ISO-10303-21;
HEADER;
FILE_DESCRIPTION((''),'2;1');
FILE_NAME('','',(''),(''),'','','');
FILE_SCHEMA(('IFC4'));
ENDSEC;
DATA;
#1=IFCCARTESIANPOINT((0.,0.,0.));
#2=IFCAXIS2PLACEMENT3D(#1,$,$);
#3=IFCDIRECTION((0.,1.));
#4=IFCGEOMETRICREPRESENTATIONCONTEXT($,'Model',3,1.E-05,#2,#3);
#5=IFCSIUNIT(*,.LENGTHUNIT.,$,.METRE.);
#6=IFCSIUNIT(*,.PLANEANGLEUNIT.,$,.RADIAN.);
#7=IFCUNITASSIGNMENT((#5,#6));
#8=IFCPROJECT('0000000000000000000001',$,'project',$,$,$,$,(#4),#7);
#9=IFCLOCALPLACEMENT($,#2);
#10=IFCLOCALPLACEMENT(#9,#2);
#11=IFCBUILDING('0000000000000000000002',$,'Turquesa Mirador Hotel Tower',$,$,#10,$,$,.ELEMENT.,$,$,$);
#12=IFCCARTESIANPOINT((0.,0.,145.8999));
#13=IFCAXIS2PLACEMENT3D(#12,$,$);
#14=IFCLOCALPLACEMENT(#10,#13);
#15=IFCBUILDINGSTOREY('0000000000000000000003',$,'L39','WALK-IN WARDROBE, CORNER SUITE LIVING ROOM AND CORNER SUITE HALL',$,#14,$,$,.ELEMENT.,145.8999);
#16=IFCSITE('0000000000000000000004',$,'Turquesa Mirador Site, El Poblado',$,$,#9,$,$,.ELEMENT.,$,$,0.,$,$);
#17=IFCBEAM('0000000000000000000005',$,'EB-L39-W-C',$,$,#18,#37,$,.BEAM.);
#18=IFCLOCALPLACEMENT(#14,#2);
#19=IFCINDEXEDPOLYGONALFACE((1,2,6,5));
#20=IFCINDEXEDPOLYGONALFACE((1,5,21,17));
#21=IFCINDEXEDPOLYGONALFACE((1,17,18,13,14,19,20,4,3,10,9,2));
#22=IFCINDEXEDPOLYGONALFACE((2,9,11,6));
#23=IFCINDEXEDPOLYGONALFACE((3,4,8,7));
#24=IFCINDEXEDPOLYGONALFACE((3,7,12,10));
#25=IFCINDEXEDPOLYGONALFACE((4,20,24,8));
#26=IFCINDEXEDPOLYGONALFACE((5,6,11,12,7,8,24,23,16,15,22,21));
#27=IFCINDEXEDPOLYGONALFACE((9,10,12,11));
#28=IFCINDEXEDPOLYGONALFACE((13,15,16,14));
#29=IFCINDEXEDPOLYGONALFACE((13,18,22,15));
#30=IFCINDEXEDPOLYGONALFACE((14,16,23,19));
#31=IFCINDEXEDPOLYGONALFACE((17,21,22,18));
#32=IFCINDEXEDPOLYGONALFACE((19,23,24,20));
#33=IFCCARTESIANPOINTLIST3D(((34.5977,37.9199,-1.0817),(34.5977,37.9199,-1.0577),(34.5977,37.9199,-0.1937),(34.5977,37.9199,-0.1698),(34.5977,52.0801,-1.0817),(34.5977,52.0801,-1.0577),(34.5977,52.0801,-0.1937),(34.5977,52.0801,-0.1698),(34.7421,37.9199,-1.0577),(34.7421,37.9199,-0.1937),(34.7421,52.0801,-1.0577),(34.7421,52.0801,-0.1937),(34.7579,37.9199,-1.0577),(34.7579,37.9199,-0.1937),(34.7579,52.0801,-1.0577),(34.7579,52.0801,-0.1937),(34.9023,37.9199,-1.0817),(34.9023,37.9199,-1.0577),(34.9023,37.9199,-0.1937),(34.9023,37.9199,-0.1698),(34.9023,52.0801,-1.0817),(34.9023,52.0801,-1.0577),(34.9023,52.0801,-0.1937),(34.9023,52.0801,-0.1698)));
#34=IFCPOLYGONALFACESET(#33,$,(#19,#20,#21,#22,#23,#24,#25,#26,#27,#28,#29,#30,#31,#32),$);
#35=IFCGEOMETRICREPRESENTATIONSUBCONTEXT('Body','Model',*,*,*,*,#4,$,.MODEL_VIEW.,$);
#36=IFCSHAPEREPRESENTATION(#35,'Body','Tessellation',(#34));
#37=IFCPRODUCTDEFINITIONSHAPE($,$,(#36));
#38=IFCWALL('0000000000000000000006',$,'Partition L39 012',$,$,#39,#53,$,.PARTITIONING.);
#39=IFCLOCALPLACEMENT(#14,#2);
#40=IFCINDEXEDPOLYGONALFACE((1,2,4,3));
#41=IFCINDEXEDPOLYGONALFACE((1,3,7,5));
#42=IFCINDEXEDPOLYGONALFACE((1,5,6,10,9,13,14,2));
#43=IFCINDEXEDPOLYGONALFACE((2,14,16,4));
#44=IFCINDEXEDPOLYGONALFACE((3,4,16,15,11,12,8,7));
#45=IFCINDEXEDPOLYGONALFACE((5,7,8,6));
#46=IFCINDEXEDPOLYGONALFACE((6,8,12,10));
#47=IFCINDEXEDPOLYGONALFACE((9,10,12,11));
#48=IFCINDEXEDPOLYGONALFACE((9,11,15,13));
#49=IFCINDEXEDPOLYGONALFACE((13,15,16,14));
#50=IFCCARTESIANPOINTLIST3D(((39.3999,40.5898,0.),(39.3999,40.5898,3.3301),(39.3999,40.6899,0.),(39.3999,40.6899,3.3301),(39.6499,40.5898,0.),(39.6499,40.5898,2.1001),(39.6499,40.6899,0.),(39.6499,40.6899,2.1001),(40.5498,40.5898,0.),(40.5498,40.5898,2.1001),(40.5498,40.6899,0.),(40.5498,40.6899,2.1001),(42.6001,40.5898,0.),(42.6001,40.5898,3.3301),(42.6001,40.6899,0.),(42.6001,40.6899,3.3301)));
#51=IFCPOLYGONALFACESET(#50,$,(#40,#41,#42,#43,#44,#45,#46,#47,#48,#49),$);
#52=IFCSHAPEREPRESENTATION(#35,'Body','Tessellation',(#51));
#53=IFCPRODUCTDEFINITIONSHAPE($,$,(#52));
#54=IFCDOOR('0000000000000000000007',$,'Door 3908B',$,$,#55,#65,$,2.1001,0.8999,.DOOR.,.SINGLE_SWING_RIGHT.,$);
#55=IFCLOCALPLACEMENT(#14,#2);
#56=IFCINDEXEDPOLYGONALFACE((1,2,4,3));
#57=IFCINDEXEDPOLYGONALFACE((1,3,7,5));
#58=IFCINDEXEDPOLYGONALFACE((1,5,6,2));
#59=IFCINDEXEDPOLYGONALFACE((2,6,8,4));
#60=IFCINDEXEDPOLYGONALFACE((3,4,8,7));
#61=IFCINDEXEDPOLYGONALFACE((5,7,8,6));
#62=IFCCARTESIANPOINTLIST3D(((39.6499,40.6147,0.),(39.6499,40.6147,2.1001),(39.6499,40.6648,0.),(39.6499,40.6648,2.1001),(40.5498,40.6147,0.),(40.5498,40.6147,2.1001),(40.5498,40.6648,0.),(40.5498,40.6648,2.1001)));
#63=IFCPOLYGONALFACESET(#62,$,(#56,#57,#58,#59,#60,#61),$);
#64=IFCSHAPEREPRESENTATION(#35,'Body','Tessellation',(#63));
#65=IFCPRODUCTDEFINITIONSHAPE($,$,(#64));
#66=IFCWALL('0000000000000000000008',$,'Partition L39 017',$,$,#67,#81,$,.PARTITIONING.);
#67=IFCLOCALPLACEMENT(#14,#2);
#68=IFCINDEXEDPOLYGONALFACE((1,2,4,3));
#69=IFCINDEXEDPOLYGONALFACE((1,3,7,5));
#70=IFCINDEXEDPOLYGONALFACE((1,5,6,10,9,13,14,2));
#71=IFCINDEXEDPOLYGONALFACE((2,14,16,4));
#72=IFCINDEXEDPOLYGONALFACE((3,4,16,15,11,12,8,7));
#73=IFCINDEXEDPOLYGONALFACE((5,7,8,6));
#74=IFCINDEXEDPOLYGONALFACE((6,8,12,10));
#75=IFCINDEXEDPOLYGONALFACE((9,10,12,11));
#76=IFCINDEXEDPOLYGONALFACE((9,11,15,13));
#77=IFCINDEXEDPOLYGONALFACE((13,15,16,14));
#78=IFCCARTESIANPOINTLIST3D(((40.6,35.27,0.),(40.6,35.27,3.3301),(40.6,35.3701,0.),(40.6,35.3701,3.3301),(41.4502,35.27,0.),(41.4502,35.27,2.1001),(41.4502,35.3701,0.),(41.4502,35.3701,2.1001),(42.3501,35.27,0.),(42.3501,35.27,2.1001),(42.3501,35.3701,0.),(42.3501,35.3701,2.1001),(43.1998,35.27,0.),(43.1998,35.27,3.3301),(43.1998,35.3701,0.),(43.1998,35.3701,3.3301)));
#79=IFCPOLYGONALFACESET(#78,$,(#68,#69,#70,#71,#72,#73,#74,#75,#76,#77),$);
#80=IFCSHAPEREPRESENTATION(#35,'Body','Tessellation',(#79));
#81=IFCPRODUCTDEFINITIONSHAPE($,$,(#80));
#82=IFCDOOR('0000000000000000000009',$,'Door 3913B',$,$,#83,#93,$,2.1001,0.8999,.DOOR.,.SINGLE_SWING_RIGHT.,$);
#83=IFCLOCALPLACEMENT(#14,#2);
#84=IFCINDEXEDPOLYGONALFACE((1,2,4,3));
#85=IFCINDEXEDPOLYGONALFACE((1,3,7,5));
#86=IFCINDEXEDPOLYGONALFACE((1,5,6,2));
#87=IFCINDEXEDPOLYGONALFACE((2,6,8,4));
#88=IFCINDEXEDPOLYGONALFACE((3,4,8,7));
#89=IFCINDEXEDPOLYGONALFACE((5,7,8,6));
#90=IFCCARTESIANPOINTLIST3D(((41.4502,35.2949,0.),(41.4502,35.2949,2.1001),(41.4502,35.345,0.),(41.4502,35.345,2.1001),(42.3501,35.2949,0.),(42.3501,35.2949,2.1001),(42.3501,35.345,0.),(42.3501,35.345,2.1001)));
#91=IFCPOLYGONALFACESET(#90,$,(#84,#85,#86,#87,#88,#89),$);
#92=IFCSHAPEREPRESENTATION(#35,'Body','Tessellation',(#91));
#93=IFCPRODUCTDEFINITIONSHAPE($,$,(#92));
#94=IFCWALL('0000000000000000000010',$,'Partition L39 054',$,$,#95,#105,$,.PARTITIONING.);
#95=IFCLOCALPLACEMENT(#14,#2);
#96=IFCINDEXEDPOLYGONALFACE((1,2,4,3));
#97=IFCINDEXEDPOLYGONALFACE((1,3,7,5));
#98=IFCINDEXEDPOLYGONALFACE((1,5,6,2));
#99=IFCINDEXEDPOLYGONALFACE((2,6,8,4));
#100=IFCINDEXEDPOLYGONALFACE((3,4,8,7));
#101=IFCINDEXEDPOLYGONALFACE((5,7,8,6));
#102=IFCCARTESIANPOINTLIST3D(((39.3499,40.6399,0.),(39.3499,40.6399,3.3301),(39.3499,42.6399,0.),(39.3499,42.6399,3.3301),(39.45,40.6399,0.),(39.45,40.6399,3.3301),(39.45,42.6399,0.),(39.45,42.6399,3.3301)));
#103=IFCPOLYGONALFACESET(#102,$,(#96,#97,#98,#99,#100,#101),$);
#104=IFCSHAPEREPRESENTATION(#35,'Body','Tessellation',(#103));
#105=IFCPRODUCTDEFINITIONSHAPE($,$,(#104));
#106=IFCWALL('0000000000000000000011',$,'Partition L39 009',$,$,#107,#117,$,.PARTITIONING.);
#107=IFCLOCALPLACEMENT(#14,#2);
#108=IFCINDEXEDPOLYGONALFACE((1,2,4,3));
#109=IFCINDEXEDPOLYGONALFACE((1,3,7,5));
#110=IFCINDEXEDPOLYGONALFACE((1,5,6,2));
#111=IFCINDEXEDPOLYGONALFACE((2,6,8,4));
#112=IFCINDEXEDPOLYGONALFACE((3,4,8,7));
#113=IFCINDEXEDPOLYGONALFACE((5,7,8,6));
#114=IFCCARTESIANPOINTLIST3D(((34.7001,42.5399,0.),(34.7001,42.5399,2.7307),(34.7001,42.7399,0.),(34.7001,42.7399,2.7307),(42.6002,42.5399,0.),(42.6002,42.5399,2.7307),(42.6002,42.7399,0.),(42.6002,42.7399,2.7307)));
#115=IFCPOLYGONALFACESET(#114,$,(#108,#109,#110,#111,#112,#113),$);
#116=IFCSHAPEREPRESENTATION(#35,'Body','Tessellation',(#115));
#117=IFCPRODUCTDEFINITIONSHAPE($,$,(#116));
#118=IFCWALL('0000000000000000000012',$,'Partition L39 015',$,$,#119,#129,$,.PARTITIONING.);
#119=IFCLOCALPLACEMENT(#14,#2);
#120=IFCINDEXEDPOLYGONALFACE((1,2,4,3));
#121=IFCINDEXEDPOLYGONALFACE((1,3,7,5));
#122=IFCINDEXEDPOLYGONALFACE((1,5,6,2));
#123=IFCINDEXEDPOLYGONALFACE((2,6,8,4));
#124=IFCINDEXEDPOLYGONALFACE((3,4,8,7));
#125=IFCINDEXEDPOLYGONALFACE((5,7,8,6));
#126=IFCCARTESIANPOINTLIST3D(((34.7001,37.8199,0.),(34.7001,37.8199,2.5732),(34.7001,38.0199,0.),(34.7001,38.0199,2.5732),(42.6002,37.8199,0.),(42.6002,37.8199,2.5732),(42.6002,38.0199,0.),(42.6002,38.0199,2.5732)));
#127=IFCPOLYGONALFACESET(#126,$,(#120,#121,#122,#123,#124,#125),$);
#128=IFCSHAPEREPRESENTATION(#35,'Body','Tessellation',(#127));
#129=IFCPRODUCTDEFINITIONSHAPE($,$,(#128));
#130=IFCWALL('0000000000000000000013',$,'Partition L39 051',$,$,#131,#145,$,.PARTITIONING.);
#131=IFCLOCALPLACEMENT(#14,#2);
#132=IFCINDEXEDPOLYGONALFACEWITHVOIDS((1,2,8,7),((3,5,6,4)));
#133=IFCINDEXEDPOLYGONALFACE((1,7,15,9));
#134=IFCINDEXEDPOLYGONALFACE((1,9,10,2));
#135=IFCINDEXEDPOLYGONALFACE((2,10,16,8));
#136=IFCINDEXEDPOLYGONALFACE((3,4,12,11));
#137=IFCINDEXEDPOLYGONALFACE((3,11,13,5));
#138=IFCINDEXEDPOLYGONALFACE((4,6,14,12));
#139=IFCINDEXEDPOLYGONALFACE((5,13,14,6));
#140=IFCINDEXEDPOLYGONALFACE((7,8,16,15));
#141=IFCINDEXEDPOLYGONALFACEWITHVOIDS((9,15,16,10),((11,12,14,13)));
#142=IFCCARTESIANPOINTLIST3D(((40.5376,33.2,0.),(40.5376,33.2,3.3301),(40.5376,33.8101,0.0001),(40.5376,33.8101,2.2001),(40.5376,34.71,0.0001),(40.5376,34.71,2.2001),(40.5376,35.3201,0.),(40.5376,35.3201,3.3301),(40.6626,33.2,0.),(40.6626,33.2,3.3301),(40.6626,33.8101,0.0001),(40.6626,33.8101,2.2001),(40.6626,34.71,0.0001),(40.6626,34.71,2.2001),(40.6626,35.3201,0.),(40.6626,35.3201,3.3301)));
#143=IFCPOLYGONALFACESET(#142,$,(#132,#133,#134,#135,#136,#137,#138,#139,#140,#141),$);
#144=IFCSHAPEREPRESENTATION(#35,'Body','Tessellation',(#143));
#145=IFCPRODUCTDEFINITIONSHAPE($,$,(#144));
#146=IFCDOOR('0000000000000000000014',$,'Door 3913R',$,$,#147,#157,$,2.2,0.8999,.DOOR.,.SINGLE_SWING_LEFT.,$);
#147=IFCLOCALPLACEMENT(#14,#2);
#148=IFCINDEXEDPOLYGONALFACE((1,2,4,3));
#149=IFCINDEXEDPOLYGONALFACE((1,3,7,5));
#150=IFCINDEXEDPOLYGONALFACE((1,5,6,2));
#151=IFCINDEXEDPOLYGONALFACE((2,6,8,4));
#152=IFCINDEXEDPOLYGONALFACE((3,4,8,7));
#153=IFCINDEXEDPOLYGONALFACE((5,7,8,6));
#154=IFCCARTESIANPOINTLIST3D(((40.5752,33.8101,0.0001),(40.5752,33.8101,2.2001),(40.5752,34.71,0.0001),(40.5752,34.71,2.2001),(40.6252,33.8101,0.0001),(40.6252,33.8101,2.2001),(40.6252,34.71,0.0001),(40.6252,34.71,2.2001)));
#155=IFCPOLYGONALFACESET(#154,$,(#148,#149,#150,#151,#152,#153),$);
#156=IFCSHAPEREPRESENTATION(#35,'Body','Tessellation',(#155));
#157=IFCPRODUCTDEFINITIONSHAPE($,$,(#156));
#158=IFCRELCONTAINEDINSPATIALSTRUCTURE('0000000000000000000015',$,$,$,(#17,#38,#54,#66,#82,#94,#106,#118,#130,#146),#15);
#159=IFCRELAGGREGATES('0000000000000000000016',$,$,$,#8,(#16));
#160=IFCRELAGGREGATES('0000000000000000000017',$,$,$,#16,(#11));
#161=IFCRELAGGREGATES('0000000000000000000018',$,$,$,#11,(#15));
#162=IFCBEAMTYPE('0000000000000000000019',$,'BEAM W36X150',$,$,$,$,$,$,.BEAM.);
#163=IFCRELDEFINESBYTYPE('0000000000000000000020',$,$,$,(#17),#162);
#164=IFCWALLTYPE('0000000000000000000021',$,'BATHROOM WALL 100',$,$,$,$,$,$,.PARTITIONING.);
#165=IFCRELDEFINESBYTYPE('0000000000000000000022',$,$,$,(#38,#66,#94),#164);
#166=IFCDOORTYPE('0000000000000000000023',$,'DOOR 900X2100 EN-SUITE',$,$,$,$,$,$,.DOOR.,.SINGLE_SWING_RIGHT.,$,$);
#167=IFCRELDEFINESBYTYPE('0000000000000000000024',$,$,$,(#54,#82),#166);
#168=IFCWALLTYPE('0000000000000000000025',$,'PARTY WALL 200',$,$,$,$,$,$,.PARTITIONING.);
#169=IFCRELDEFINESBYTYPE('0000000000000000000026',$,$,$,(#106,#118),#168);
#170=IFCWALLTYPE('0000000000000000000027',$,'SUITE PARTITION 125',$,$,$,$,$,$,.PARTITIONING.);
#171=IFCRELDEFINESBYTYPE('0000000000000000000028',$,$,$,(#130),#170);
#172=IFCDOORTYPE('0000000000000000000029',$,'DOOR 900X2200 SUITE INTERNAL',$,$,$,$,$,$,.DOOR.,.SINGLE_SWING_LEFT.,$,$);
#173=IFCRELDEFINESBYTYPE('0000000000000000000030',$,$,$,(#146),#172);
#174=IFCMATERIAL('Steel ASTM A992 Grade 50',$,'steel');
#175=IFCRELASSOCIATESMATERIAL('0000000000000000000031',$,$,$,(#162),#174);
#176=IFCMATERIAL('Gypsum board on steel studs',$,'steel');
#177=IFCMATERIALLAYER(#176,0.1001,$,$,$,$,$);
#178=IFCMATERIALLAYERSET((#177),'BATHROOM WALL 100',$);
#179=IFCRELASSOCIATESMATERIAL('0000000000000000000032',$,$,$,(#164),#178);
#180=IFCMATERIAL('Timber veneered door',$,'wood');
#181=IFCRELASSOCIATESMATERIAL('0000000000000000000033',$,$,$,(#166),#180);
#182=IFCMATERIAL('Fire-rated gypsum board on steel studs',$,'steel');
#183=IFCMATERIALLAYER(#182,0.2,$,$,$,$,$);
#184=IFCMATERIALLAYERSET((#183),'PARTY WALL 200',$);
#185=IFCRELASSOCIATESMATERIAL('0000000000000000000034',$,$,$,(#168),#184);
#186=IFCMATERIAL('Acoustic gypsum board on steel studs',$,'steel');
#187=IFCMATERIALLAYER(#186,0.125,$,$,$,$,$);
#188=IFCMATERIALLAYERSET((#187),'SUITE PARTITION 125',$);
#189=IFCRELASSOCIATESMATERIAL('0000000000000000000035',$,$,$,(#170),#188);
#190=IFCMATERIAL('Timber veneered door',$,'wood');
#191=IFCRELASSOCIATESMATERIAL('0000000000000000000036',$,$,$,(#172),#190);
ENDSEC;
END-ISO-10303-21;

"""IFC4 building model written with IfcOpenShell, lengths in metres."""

from ifc_helpers import new_model, si_unit, direction, frame, frame_2d, origin, origin_2d, place, context, subcontext, project, spatial, rectangle, i_section, extrude, material, layer, layer_set, material_profile, profile_set, type_object, element, fill, save


model = new_model("IFC4")

# Units and contexts
model_context = context("Model", 3, precision=1e-05, world=origin(), true_north=direction((0.0, 1.0)))
body_context = subcontext(model_context, "Body", "Model", "MODEL_VIEW")
ifc_project = project(units=[si_unit("LENGTHUNIT", "METRE"), si_unit("PLANEANGLEUNIT", "RADIAN")], contexts=[model_context])

# Site, building, storey
site_placement = place(None, origin())
site = spatial("IfcSite", under=ifc_project, at=site_placement, Name="Turquesa Mirador Site, El Poblado", CompositionType="ELEMENT", RefElevation=0.0)
building_placement = place(site_placement, origin())
building = spatial("IfcBuilding", under=site, at=building_placement, Name="Turquesa Mirador Hotel Tower", CompositionType="ELEMENT")
storey_placement = place(building_placement, frame((0.0, 0.0, 145.8999)))
storey = spatial("IfcBuildingStorey", under=building, at=storey_placement, Name="L39", Description="WALK-IN WARDROBE, CORNER SUITE LIVING ROOM AND CORNER SUITE HALL", CompositionType="ELEMENT", Elevation=145.8999)

# Beam
ifc_material_1 = material(Name="Steel ASTM A992 Grade 50", Category="steel")
ifc_material_profile_1 = material_profile(ifc_material_1, i_section(OverallWidth=0.3047, OverallDepth=0.9119, WebThickness=0.0159, FlangeThickness=0.0239, at=origin_2d()), Name="W36X150")
ifc_profile_set_1 = profile_set([ifc_material_profile_1], Name="Steel ASTM A992 Grade 50")
beam_type_1 = type_object("IfcBeamType", Name="BEAM W36X150", PredefinedType="BEAM", material=ifc_profile_set_1)
beam_1_placement = place(storey_placement, frame((34.75, 37.9199, -0.6257), z_axis=(0.0, 1.0, 0.0), x_axis=(-1.0, 0.0, 0.0)))
element("IfcBeam", 1, at=beam_1_placement, inside=storey, type_object=beam_type_1, Name="EB-L39-W-C", PredefinedType="BEAM", context=body_context, shape_type="SweptSolid", body=[
    extrude(i_section(OverallWidth=0.3047, OverallDepth=0.9119, WebThickness=0.0159, FlangeThickness=0.0239, at=origin_2d()), origin(), (0.0, 0.0, 1.0), 14.1602),
])

# Walls, openings, doors
ifc_material_2 = material(Name="Gypsum board on steel studs", Category="steel")
ifc_layer_1 = layer(ifc_material_2, 0.1001)
ifc_layer_set_1 = layer_set([ifc_layer_1], Name="BATHROOM WALL 100")
wall_type_1 = type_object("IfcWallType", Name="BATHROOM WALL 100", PredefinedType="PARTITIONING", material=ifc_layer_set_1)
wall_1_placement = place(storey_placement, frame((39.3999, 40.6399, 0.0), z_axis=(0.0, 0.0, 1.0), x_axis=(1.0, 0.0, 0.0)))
wall_1 = element("IfcWall", 2, at=wall_1_placement, inside=storey, type_object=wall_type_1, Name="Partition L39 012", PredefinedType="PARTITIONING", context=body_context, shape_type="SweptSolid", body=[
    extrude(rectangle(XDim=3.2002, YDim=0.1001, at=frame_2d((1.6001, 0.0))), origin(), (0.0, 0.0, 1.0), 3.3301),
])
opening_1_placement = place(wall_1_placement, frame((0.25, 0.0, 0.0)))
opening_1 = element("IfcOpeningElement", 3, at=opening_1_placement, cuts=wall_1, PredefinedType="OPENING", context=body_context, shape_type="SweptSolid", body=[
    extrude(rectangle(XDim=0.8999, YDim=2.1001, at=frame_2d((0.45, 1.05))), frame((0.0, 0.0601, 0.0), z_axis=(0.0, -1.0, 0.0), x_axis=(1.0, 0.0, 0.0)), (0.0, 0.0, 1.0), 0.1201),
])
ifc_material_3 = material(Name="Timber veneered door", Category="wood")
door_type_1 = type_object("IfcDoorType", Name="DOOR 900X2100 EN-SUITE", OperationType="SINGLE_SWING_RIGHT", PredefinedType="DOOR", material=ifc_material_3)
door_1_placement = place(opening_1_placement, origin())
door_1 = element("IfcDoor", 4, at=door_1_placement, inside=storey, type_object=door_type_1, Name="Door 3908B", OperationType="SINGLE_SWING_RIGHT", OverallHeight=2.1001, OverallWidth=0.8999, PredefinedType="DOOR", context=body_context, shape_type="SweptSolid", body=[
    extrude(rectangle(XDim=0.8999, YDim=2.1001, at=frame_2d((0.45, 1.05))), frame((0.0, 0.0249, 0.0), z_axis=(0.0, -1.0, 0.0), x_axis=(1.0, 0.0, 0.0)), (0.0, 0.0, 1.0), 0.05),
])
fill(opening_1, door_1)
wall_2_placement = place(storey_placement, frame((40.6001, 35.3201, 0.0), z_axis=(0.0, 0.0, 1.0), x_axis=(1.0, 0.0, 0.0)))
wall_2 = element("IfcWall", 5, at=wall_2_placement, inside=storey, type_object=wall_type_1, Name="Partition L39 017", PredefinedType="PARTITIONING", context=body_context, shape_type="SweptSolid", body=[
    extrude(rectangle(XDim=2.5999, YDim=0.1001, at=frame_2d((1.2998, 0.0))), origin(), (0.0, 0.0, 1.0), 3.3301),
])
opening_2_placement = place(wall_2_placement, frame((0.8501, 0.0, 0.0)))
opening_2 = element("IfcOpeningElement", 6, at=opening_2_placement, cuts=wall_2, PredefinedType="OPENING", context=body_context, shape_type="SweptSolid", body=[
    extrude(rectangle(XDim=0.8999, YDim=2.1001, at=frame_2d((0.45, 1.05))), frame((0.0, 0.0601, 0.0), z_axis=(0.0, -1.0, 0.0), x_axis=(1.0, 0.0, 0.0)), (0.0, 0.0, 1.0), 0.1201),
])
door_2_placement = place(opening_2_placement, origin())
door_2 = element("IfcDoor", 7, at=door_2_placement, inside=storey, type_object=door_type_1, Name="Door 3913B", OperationType="SINGLE_SWING_RIGHT", OverallHeight=2.1001, OverallWidth=0.8999, PredefinedType="DOOR", context=body_context, shape_type="SweptSolid", body=[
    extrude(rectangle(XDim=0.8999, YDim=2.1001, at=frame_2d((0.45, 1.05))), frame((0.0, 0.0249, 0.0), z_axis=(0.0, -1.0, 0.0), x_axis=(1.0, 0.0, 0.0)), (0.0, 0.0, 1.0), 0.05),
])
fill(opening_2, door_2)

# Walls
wall_3_placement = place(storey_placement, frame((39.3999, 40.6399, 0.0), z_axis=(0.0, 0.0, 1.0), x_axis=(0.0, 1.0, 0.0)))
element("IfcWall", 8, at=wall_3_placement, inside=storey, type_object=wall_type_1, Name="Partition L39 054", PredefinedType="PARTITIONING", context=body_context, shape_type="SweptSolid", body=[
    extrude(rectangle(XDim=2.0, YDim=0.1001, at=frame_2d((1.0, 0.0))), origin(), (0.0, 0.0, 1.0), 3.3301),
])
ifc_material_4 = material(Name="Fire-rated gypsum board on steel studs", Category="steel")
ifc_layer_2 = layer(ifc_material_4, 0.2)
ifc_layer_set_2 = layer_set([ifc_layer_2], Name="PARTY WALL 200")
wall_type_2 = type_object("IfcWallType", Name="PARTY WALL 200", PredefinedType="PARTITIONING", material=ifc_layer_set_2)
wall_4_placement = place(storey_placement, frame((34.7, 42.6399, 0.0), z_axis=(0.0, 0.0, 1.0), x_axis=(1.0, 0.0, 0.0)))
element("IfcWall", 9, at=wall_4_placement, inside=storey, type_object=wall_type_2, Name="Partition L39 009", PredefinedType="PARTITIONING", context=body_context, shape_type="SweptSolid", body=[
    extrude(rectangle(XDim=7.9001, YDim=0.2, at=frame_2d((3.9502, 0.0))), origin(), (0.0, 0.0, 1.0), 2.7307),
])
wall_5_placement = place(storey_placement, frame((34.7, 37.9199, 0.0), z_axis=(0.0, 0.0, 1.0), x_axis=(1.0, 0.0, 0.0)))
element("IfcWall", 10, at=wall_5_placement, inside=storey, type_object=wall_type_2, Name="Partition L39 015", PredefinedType="PARTITIONING", context=body_context, shape_type="SweptSolid", body=[
    extrude(rectangle(XDim=7.9001, YDim=0.2, at=frame_2d((3.9502, 0.0))), origin(), (0.0, 0.0, 1.0), 2.5732),
])

# Wall, opening, door
ifc_material_5 = material(Name="Acoustic gypsum board on steel studs", Category="steel")
ifc_layer_3 = layer(ifc_material_5, 0.125)
ifc_layer_set_3 = layer_set([ifc_layer_3], Name="SUITE PARTITION 125")
wall_type_3 = type_object("IfcWallType", Name="SUITE PARTITION 125", PredefinedType="PARTITIONING", material=ifc_layer_set_3)
wall_6_placement = place(storey_placement, frame((40.6001, 33.2, 0.0), z_axis=(0.0, 0.0, 1.0), x_axis=(0.0, 1.0, 0.0)))
wall_6 = element("IfcWall", 11, at=wall_6_placement, inside=storey, type_object=wall_type_3, Name="Partition L39 051", PredefinedType="PARTITIONING", context=body_context, shape_type="SweptSolid", body=[
    extrude(rectangle(XDim=2.1201, YDim=0.125, at=frame_2d((1.0601, 0.0))), origin(), (0.0, 0.0, 1.0), 3.3301),
])
opening_3_placement = place(wall_6_placement, frame((0.6101, 0.0, 0.0)))
opening_3 = element("IfcOpeningElement", 12, at=opening_3_placement, cuts=wall_6, PredefinedType="OPENING", context=body_context, shape_type="SweptSolid", body=[
    extrude(rectangle(XDim=0.8999, YDim=2.2, at=frame_2d((0.45, 1.1001))), frame((0.0, 0.0725, 0.0), z_axis=(0.0, -1.0, 0.0), x_axis=(1.0, 0.0, 0.0)), (0.0, 0.0, 1.0), 0.145),
])
ifc_material_6 = material(Name="Timber veneered door", Category="wood")
door_type_2 = type_object("IfcDoorType", Name="DOOR 900X2200 SUITE INTERNAL", OperationType="SINGLE_SWING_LEFT", PredefinedType="DOOR", material=ifc_material_6)
door_3_placement = place(opening_3_placement, origin())
door_3 = element("IfcDoor", 13, at=door_3_placement, inside=storey, type_object=door_type_2, Name="Door 3913R", OperationType="SINGLE_SWING_LEFT", OverallHeight=2.2, OverallWidth=0.8999, PredefinedType="DOOR", context=body_context, shape_type="SweptSolid", body=[
    extrude(rectangle(XDim=0.8999, YDim=2.2, at=frame_2d((0.45, 1.1001))), frame((0.0, 0.0249, 0.0), z_axis=(0.0, -1.0, 0.0), x_axis=(1.0, 0.0, 0.0)), (0.0, 0.0, 1.0), 0.05),
])
fill(opening_3, door_3)

save(model, "model.ifc")
